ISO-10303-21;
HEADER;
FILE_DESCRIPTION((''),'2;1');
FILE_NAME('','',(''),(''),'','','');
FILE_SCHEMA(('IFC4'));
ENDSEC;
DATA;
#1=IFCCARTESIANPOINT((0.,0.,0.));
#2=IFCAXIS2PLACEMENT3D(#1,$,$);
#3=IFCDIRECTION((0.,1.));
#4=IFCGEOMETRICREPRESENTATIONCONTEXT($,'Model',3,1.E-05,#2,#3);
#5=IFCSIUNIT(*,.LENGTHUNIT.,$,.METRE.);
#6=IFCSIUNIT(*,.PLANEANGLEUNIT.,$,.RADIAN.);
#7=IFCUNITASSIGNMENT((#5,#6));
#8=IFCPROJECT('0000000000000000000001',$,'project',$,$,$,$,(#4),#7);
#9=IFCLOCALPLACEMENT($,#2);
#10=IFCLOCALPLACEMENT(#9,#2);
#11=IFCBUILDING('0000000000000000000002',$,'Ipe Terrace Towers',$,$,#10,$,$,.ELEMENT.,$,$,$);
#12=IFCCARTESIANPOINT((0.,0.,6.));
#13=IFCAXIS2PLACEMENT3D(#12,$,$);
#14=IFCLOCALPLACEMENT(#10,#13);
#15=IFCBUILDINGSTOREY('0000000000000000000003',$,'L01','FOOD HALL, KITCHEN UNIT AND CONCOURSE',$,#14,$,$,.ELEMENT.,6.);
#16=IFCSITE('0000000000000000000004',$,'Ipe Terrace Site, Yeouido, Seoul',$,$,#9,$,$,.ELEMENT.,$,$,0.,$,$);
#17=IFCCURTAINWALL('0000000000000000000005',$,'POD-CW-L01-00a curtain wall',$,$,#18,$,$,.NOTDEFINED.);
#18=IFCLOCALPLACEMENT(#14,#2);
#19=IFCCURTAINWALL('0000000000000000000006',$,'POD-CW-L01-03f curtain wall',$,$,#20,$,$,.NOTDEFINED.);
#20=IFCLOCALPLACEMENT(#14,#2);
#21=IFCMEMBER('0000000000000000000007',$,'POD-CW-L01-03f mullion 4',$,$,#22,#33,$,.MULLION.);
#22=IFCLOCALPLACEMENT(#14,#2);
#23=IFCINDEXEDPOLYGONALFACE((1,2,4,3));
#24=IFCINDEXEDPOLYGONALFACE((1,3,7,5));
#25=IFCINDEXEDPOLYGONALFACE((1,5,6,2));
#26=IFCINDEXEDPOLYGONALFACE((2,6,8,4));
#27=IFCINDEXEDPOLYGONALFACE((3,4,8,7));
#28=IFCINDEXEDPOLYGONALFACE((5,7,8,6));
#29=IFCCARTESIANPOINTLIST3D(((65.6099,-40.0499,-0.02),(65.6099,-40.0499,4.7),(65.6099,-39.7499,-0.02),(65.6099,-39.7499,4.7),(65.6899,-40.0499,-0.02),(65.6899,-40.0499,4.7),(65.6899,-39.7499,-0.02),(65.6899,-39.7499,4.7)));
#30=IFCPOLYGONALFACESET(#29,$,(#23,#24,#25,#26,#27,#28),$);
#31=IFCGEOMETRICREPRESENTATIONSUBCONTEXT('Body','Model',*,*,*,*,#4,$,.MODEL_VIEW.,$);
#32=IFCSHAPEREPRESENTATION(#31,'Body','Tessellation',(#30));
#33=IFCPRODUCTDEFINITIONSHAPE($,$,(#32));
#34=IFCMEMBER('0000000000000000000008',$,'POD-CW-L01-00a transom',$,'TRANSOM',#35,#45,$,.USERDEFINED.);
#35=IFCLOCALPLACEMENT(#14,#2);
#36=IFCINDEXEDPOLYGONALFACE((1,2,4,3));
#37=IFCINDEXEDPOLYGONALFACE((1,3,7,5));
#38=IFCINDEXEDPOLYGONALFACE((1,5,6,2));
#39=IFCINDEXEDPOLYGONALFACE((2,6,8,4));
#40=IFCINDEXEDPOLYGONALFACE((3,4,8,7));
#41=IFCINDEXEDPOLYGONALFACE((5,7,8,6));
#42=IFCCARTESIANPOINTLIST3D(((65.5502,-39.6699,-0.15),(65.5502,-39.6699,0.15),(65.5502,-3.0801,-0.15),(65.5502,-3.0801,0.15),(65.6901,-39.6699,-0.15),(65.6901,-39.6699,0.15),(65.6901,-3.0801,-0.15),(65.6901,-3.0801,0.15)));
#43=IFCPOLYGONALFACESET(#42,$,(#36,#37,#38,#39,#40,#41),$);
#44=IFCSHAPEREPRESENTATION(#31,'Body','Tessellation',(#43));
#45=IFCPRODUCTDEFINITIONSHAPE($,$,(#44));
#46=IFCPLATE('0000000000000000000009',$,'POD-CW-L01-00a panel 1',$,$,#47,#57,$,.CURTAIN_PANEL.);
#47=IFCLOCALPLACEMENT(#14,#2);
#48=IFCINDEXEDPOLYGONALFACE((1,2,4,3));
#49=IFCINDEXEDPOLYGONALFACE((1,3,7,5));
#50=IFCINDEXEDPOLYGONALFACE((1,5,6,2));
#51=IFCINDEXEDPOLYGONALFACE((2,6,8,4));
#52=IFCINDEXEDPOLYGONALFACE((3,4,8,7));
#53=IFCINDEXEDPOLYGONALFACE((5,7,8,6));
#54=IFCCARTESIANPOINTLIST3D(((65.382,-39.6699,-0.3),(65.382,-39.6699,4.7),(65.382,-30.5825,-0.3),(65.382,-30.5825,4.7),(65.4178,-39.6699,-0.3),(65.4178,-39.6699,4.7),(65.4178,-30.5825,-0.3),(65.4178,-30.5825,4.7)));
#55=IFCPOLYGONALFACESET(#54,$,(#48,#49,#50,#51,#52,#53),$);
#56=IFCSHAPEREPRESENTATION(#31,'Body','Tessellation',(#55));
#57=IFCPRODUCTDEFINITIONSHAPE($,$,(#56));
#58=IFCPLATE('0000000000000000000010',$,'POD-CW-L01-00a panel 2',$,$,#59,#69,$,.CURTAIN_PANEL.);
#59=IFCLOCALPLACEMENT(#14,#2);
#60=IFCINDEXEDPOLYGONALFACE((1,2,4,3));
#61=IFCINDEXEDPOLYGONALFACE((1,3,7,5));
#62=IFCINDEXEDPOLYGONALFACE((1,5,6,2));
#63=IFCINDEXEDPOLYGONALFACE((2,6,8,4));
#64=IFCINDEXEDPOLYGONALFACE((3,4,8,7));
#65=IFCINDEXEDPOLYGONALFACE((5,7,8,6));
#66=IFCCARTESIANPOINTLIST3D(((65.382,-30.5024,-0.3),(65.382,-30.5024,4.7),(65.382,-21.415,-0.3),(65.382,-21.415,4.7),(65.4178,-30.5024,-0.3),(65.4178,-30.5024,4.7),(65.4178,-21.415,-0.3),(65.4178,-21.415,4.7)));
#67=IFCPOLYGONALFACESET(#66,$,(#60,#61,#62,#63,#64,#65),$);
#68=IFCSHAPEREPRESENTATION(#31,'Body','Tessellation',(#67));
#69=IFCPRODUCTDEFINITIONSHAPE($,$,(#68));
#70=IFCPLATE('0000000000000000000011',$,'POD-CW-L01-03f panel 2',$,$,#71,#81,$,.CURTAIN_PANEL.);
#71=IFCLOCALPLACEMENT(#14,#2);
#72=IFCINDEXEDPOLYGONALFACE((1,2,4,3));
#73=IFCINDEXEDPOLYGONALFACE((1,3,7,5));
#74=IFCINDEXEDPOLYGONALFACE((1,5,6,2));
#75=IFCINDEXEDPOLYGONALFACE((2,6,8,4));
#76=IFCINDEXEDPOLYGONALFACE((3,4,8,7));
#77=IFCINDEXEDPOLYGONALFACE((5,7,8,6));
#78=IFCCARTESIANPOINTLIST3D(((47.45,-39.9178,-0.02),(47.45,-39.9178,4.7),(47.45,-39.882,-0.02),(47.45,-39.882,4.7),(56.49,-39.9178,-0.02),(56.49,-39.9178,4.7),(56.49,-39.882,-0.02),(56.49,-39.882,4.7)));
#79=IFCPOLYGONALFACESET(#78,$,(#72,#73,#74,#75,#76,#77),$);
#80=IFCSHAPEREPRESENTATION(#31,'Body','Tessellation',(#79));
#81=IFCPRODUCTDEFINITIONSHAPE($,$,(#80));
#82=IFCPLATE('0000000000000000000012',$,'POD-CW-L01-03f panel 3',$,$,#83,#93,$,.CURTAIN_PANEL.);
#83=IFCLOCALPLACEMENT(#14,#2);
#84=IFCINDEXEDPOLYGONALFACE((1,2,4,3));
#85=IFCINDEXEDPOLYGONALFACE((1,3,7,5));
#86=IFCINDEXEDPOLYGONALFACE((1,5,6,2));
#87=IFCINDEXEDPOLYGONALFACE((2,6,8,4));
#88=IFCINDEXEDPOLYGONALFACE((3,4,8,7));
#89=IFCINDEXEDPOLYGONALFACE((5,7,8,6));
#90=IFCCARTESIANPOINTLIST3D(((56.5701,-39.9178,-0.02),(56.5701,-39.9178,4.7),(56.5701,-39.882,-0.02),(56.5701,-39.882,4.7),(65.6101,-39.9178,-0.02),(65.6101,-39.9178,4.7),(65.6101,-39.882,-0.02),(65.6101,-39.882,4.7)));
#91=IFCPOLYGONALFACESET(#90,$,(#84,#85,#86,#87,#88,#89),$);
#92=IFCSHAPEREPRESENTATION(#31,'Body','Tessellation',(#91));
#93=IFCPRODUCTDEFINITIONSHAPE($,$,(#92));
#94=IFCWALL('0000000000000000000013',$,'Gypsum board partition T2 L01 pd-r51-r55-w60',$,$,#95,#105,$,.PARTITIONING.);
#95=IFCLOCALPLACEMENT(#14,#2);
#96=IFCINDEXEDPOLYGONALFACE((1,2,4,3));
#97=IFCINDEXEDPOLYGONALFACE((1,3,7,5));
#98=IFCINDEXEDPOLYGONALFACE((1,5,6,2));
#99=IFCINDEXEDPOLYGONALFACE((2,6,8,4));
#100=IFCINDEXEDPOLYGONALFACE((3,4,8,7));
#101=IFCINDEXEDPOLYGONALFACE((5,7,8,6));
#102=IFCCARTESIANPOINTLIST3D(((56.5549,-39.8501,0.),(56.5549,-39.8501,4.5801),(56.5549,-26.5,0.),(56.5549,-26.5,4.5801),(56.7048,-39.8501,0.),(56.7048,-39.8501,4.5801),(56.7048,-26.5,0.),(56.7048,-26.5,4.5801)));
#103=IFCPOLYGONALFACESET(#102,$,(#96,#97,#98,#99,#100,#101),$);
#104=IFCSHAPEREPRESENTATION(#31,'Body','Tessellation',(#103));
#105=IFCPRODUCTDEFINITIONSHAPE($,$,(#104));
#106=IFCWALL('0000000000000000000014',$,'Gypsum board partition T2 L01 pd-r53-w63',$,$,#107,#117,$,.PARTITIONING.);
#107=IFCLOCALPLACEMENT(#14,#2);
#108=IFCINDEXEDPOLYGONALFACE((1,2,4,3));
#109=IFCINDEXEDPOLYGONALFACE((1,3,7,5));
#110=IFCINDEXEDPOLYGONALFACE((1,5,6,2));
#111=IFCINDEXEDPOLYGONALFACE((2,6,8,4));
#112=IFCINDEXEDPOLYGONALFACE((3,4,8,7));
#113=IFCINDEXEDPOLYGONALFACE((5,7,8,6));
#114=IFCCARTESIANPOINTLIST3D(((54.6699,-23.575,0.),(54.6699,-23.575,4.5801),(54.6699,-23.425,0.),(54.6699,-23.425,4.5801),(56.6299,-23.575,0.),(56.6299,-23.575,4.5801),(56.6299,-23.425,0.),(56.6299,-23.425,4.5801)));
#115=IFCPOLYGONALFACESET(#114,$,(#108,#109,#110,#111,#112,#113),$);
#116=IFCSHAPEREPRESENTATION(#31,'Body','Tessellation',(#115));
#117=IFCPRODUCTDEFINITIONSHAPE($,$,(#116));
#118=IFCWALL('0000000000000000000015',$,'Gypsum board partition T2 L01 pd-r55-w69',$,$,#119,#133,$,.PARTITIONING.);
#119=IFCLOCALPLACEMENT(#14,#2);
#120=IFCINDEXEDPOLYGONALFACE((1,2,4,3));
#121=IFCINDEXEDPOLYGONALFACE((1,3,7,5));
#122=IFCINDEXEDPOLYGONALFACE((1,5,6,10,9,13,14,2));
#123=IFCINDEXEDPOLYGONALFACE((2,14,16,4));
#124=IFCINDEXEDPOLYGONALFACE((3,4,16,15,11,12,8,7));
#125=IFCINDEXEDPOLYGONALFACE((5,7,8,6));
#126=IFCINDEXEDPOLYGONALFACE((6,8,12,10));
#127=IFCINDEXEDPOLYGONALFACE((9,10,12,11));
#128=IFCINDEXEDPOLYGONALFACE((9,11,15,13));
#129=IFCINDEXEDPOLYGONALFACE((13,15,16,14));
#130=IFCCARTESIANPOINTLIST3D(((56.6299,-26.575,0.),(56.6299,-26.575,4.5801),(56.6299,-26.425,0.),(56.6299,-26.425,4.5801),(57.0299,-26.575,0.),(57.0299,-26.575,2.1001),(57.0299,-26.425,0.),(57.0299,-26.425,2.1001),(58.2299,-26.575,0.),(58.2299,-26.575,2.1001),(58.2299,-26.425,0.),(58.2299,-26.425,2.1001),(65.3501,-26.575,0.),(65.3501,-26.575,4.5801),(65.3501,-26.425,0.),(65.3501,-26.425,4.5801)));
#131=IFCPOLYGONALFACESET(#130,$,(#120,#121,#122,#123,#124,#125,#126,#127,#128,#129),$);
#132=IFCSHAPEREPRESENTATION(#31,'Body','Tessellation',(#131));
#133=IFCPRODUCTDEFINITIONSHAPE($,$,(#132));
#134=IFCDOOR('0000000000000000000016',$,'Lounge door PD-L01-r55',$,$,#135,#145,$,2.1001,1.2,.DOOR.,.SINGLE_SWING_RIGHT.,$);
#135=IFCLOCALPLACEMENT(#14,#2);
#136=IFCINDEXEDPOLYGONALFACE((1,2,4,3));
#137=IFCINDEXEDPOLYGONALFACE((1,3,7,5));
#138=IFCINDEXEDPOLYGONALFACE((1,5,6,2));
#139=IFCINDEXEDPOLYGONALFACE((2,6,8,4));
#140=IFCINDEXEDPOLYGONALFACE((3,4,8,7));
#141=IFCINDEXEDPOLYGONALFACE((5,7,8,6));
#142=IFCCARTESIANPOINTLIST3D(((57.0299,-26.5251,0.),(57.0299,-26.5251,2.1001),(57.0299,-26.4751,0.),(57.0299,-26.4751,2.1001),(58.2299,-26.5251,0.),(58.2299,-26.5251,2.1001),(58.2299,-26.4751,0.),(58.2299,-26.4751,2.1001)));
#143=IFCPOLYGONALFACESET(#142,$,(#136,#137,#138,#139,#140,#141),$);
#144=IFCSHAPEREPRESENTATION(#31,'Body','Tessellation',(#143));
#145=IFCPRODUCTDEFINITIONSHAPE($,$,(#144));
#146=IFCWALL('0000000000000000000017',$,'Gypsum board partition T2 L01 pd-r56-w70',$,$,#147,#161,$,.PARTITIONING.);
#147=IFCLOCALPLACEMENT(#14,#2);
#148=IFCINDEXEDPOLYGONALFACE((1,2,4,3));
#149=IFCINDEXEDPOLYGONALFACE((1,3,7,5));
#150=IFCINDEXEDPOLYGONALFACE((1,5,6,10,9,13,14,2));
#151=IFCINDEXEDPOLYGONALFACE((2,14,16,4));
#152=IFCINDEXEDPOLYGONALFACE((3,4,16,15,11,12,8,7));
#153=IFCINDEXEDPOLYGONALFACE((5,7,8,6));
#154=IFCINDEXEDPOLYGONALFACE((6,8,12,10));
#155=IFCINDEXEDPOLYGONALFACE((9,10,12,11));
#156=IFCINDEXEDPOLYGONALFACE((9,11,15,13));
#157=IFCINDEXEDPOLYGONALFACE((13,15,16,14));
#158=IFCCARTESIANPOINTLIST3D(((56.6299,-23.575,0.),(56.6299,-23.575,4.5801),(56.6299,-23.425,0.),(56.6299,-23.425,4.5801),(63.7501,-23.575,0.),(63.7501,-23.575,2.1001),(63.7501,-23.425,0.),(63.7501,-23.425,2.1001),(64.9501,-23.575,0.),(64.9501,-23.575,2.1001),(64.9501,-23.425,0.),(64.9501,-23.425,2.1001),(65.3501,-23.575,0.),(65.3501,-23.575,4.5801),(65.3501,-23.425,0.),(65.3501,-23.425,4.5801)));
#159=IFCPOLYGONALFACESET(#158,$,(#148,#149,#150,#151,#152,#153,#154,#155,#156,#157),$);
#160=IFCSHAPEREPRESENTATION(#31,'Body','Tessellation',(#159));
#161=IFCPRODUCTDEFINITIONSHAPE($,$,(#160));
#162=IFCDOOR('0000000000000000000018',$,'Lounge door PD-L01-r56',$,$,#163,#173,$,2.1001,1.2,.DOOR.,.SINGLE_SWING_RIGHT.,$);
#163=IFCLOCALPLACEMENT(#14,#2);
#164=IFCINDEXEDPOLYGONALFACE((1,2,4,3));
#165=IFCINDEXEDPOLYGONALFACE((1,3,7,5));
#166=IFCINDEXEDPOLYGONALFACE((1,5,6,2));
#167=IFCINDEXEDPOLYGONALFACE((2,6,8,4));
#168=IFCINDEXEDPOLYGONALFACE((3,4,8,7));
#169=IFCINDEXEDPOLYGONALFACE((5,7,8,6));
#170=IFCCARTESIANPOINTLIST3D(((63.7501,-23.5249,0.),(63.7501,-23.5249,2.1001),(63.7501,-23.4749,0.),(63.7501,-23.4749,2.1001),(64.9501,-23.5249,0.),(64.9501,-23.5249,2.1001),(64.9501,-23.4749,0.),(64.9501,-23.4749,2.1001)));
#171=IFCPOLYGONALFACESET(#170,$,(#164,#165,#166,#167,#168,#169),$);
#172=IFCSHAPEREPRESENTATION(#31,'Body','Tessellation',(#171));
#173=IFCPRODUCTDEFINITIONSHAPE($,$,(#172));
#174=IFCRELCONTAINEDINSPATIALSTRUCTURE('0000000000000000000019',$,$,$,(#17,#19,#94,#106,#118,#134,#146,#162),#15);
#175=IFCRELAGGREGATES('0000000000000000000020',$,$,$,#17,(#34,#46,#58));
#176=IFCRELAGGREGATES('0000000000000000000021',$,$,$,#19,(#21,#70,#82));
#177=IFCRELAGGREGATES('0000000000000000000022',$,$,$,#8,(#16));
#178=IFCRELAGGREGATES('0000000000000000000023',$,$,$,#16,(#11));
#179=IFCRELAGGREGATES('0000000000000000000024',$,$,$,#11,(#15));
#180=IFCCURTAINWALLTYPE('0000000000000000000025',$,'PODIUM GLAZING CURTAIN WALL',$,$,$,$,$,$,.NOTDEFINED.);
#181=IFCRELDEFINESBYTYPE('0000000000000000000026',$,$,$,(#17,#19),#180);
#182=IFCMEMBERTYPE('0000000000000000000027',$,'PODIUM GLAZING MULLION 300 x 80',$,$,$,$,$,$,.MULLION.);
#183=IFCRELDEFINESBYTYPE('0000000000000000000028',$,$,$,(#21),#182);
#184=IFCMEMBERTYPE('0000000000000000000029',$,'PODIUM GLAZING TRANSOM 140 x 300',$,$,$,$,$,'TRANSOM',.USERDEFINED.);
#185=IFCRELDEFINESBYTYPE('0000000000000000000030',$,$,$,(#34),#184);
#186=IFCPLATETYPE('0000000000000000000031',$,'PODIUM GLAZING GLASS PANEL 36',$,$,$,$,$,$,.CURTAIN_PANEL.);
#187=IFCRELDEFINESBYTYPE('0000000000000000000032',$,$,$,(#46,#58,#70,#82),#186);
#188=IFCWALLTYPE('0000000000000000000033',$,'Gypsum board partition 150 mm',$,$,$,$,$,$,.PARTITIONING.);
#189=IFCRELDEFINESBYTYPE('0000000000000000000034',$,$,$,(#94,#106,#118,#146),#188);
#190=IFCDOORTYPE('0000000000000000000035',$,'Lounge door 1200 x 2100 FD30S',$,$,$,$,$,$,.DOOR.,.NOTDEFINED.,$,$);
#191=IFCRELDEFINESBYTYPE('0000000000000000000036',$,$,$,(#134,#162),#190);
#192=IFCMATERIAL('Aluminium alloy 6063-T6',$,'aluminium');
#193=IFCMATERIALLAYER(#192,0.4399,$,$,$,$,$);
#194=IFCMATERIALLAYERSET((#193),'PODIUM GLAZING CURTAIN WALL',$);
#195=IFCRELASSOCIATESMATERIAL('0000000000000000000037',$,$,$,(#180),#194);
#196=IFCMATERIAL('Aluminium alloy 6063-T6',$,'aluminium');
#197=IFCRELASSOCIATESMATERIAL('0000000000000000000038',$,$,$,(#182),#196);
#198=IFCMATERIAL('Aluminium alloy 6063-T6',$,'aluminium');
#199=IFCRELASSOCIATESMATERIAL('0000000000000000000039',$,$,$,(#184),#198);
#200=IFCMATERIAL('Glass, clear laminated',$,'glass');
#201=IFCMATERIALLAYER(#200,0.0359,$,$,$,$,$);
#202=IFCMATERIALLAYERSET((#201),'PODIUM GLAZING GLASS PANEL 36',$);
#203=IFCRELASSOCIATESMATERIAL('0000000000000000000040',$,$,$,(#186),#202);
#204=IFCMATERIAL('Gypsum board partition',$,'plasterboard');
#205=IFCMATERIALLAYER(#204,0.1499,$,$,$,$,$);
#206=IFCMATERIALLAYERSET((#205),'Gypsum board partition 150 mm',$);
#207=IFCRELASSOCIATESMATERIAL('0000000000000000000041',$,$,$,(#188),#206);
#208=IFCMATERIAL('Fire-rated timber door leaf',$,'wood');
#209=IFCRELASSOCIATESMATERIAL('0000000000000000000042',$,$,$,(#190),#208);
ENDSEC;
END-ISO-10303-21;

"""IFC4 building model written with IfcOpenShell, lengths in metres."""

from ifc_helpers import new_model, si_unit, direction, frame, frame_2d, origin, origin_2d, place, context, subcontext, project, spatial, rectangle, extrude, material, layer, layer_set, material_profile, profile_set, type_object, element, fill, aggregate, save


model = new_model("IFC4")

# Units and contexts
model_context = context("Model", 3, precision=1e-05, world=origin(), true_north=direction((0.0, 1.0)))
body_context = subcontext(model_context, "Body", "Model", "MODEL_VIEW")
ifc_project = project(units=[si_unit("LENGTHUNIT", "METRE"), si_unit("PLANEANGLEUNIT", "RADIAN")], contexts=[model_context])

# Site, building, storey
site_placement = place(None, origin())
site = spatial("IfcSite", under=ifc_project, at=site_placement, Name="Ipe Terrace Site, Yeouido, Seoul", CompositionType="ELEMENT", RefElevation=0.0)
building_placement = place(site_placement, origin())
building = spatial("IfcBuilding", under=site, at=building_placement, Name="Ipe Terrace Towers", CompositionType="ELEMENT")
storey_placement = place(building_placement, frame((0.0, 0.0, 6.0)))
storey = spatial("IfcBuildingStorey", under=building, at=storey_placement, Name="L01", Description="FOOD HALL, KITCHEN UNIT AND CONCOURSE", CompositionType="ELEMENT", Elevation=6.0)

# Curtain walls, member
ifc_material_1 = material(Name="Aluminium alloy 6063-T6", Category="aluminium")
ifc_layer_1 = layer(ifc_material_1, 0.4399)
ifc_layer_set_1 = layer_set([ifc_layer_1], Name="PODIUM GLAZING CURTAIN WALL")
curtain_wall_type = type_object("IfcCurtainWallType", Name="PODIUM GLAZING CURTAIN WALL", PredefinedType="NOTDEFINED", material=ifc_layer_set_1)
curtain_wall_1_placement = place(storey_placement, origin())
curtain_wall_1 = element("IfcCurtainWall", 1, at=curtain_wall_1_placement, inside=storey, type_object=curtain_wall_type, Name="POD-CW-L01-00a curtain wall", PredefinedType="NOTDEFINED")
ifc_material_2 = material(Name="Aluminium alloy 6063-T6", Category="aluminium")
ifc_material_profile_1 = material_profile(ifc_material_2, rectangle(XDim=0.3, YDim=0.0801, at=origin_2d()), Name="PODIUM GLAZING MULLION 300 x 80")
ifc_profile_set_1 = profile_set([ifc_material_profile_1], Name="Aluminium alloy 6063-T6")
member_type_1 = type_object("IfcMemberType", Name="PODIUM GLAZING MULLION 300 x 80", PredefinedType="MULLION", material=ifc_profile_set_1)
curtain_wall_2_placement = place(storey_placement, origin())
curtain_wall_2 = element("IfcCurtainWall", 2, at=curtain_wall_2_placement, inside=storey, type_object=curtain_wall_type, Name="POD-CW-L01-03f curtain wall", PredefinedType="NOTDEFINED")
member_1_placement = place(storey_placement, frame((65.6499, -39.8999, -0.02), z_axis=(0.0, 0.0, 1.0), x_axis=(0.0, -1.0, 0.0)))
member_1 = element("IfcMember", 3, at=member_1_placement, type_object=member_type_1, Name="POD-CW-L01-03f mullion 4", PredefinedType="MULLION", context=body_context, shape_type="SweptSolid", body=[
    extrude(rectangle(XDim=0.3, YDim=0.0801, at=origin_2d()), origin(), (0.0, 0.0, 1.0), 4.72),
])

# Member
ifc_material_3 = material(Name="Aluminium alloy 6063-T6", Category="aluminium")
ifc_material_profile_2 = material_profile(ifc_material_3, rectangle(XDim=0.1399, YDim=0.3, at=origin_2d()), Name="PODIUM GLAZING TRANSOM 140 x 300")
ifc_profile_set_2 = profile_set([ifc_material_profile_2], Name="Aluminium alloy 6063-T6")
member_type_2 = type_object("IfcMemberType", Name="PODIUM GLAZING TRANSOM 140 x 300", ElementType="TRANSOM", PredefinedType="USERDEFINED", material=ifc_profile_set_2)
member_2_placement = place(storey_placement, frame((65.6201, -39.6699, 0.0), z_axis=(0.0, 1.0, 0.0), x_axis=(1.0, 0.0, 0.0)))
member_2 = element("IfcMember", 4, at=member_2_placement, type_object=member_type_2, Name="POD-CW-L01-00a transom", ObjectType="TRANSOM", PredefinedType="USERDEFINED", context=body_context, shape_type="SweptSolid", body=[
    extrude(rectangle(XDim=0.1399, YDim=0.3, at=origin_2d()), origin(), (0.0, 0.0, 1.0), 36.5898),
])

# Plates
ifc_material_4 = material(Name="Glass, clear laminated", Category="glass")
ifc_layer_2 = layer(ifc_material_4, 0.0359)
ifc_layer_set_2 = layer_set([ifc_layer_2], Name="PODIUM GLAZING GLASS PANEL 36")
plate_type = type_object("IfcPlateType", Name="PODIUM GLAZING GLASS PANEL 36", PredefinedType="CURTAIN_PANEL", material=ifc_layer_set_2)
plate_1_placement = place(storey_placement, frame((65.3999, -35.1262, -0.3), z_axis=(0.0, 0.0, 1.0), x_axis=(0.0, 1.0, 0.0)))
plate_1 = element("IfcPlate", 5, at=plate_1_placement, type_object=plate_type, Name="POD-CW-L01-00a panel 1", PredefinedType="CURTAIN_PANEL", context=body_context, shape_type="SweptSolid", body=[
    extrude(rectangle(XDim=9.0874, YDim=0.0359, at=origin_2d()), origin(), (0.0, 0.0, 1.0), 5.0),
])
plate_2_placement = place(storey_placement, frame((65.3999, -25.9587, -0.3), z_axis=(0.0, 0.0, 1.0), x_axis=(0.0, 1.0, 0.0)))
plate_2 = element("IfcPlate", 6, at=plate_2_placement, type_object=plate_type, Name="POD-CW-L01-00a panel 2", PredefinedType="CURTAIN_PANEL", context=body_context, shape_type="SweptSolid", body=[
    extrude(rectangle(XDim=9.0874, YDim=0.0359, at=origin_2d()), origin(), (0.0, 0.0, 1.0), 5.0),
])
aggregate(curtain_wall_1, [member_2, plate_1, plate_2])
plate_3_placement = place(storey_placement, frame((51.97, -39.8999, -0.02), z_axis=(0.0, 0.0, 1.0), x_axis=(1.0, 0.0, 0.0)))
plate_3 = element("IfcPlate", 7, at=plate_3_placement, type_object=plate_type, Name="POD-CW-L01-03f panel 2", PredefinedType="CURTAIN_PANEL", context=body_context, shape_type="SweptSolid", body=[
    extrude(rectangle(XDim=9.04, YDim=0.0359, at=origin_2d()), origin(), (0.0, 0.0, 1.0), 4.72),
])
plate_4_placement = place(storey_placement, frame((61.0901, -39.8999, -0.02), z_axis=(0.0, 0.0, 1.0), x_axis=(1.0, 0.0, 0.0)))
plate_4 = element("IfcPlate", 8, at=plate_4_placement, type_object=plate_type, Name="POD-CW-L01-03f panel 3", PredefinedType="CURTAIN_PANEL", context=body_context, shape_type="SweptSolid", body=[
    extrude(rectangle(XDim=9.04, YDim=0.0359, at=origin_2d()), origin(), (0.0, 0.0, 1.0), 4.72),
])
aggregate(curtain_wall_2, [member_1, plate_3, plate_4])

# Walls
ifc_material_5 = material(Name="Gypsum board partition", Category="plasterboard")
ifc_layer_3 = layer(ifc_material_5, 0.1499)
ifc_layer_set_3 = layer_set([ifc_layer_3], Name="Gypsum board partition 150 mm")
wall_type_1 = type_object("IfcWallType", Name="Gypsum board partition 150 mm", PredefinedType="PARTITIONING", material=ifc_layer_set_3)
wall_1_placement = place(storey_placement, frame((56.6299, -26.5, 0.0), z_axis=(0.0, 0.0, 1.0), x_axis=(0.0, -1.0, 0.0)))
element("IfcWall", 9, at=wall_1_placement, inside=storey, type_object=wall_type_1, Name="Gypsum board partition T2 L01 pd-r51-r55-w60", PredefinedType="PARTITIONING", context=body_context, shape_type="SweptSolid", body=[
    extrude(rectangle(XDim=13.3501, YDim=0.1499, at=frame_2d((6.675, 0.0))), origin(), (0.0, 0.0, 1.0), 4.5801),
])
wall_2_placement = place(storey_placement, frame((56.6299, -23.5, 0.0), z_axis=(0.0, 0.0, 1.0), x_axis=(-1.0, 0.0, 0.0)))
element("IfcWall", 10, at=wall_2_placement, inside=storey, type_object=wall_type_1, Name="Gypsum board partition T2 L01 pd-r53-w63", PredefinedType="PARTITIONING", context=body_context, shape_type="SweptSolid", body=[
    extrude(rectangle(XDim=1.96, YDim=0.1499, at=frame_2d((0.98, 0.0))), origin(), (0.0, 0.0, 1.0), 4.5801),
])

# Walls, openings, doors
wall_3_placement = place(storey_placement, frame((56.6299, -26.5, 0.0), z_axis=(0.0, 0.0, 1.0), x_axis=(1.0, 0.0, 0.0)))
wall_3 = element("IfcWall", 11, at=wall_3_placement, inside=storey, type_object=wall_type_1, Name="Gypsum board partition T2 L01 pd-r55-w69", PredefinedType="PARTITIONING", context=body_context, shape_type="SweptSolid", body=[
    extrude(rectangle(XDim=8.7202, YDim=0.1499, at=frame_2d((4.3601, 0.0))), origin(), (0.0, 0.0, 1.0), 4.5801),
])
opening_1_placement = place(wall_3_placement, frame((0.3999, 0.0, 0.0)))
opening_1 = element("IfcOpeningElement", 12, at=opening_1_placement, cuts=wall_3, PredefinedType="OPENING", context=body_context, shape_type="SweptSolid", body=[
    extrude(rectangle(XDim=1.2, YDim=2.1001, at=frame_2d((0.6001, 1.05))), frame((0.0, 0.085, 0.0), z_axis=(0.0, -1.0, 0.0), x_axis=(1.0, 0.0, 0.0)), (0.0, 0.0, 1.0), 0.1699),
])
ifc_material_6 = material(Name="Fire-rated timber door leaf", Category="wood")
door_type = type_object("IfcDoorType", Name="Lounge door 1200 x 2100 FD30S", OperationType="NOTDEFINED", PredefinedType="DOOR", material=ifc_material_6)
door_1_placement = place(opening_1_placement, origin())
door_1 = element("IfcDoor", 13, at=door_1_placement, inside=storey, type_object=door_type, Name="Lounge door PD-L01-r55", OperationType="SINGLE_SWING_RIGHT", OverallHeight=2.1001, OverallWidth=1.2, PredefinedType="DOOR", context=body_context, shape_type="SweptSolid", body=[
    extrude(rectangle(XDim=1.2, YDim=2.1001, at=frame_2d((0.6001, 1.05))), frame((0.0, 0.0249, 0.0), z_axis=(0.0, -1.0, 0.0), x_axis=(1.0, 0.0, 0.0)), (0.0, 0.0, 1.0), 0.05),
])
fill(opening_1, door_1)
wall_4_placement = place(storey_placement, frame((65.3501, -23.5, 0.0), z_axis=(0.0, 0.0, 1.0), x_axis=(-1.0, 0.0, 0.0)))
wall_4 = element("IfcWall", 14, at=wall_4_placement, inside=storey, type_object=wall_type_1, Name="Gypsum board partition T2 L01 pd-r56-w70", PredefinedType="PARTITIONING", context=body_context, shape_type="SweptSolid", body=[
    extrude(rectangle(XDim=8.7202, YDim=0.1499, at=frame_2d((4.3601, 0.0))), origin(), (0.0, 0.0, 1.0), 4.5801),
])
opening_2_placement = place(wall_4_placement, frame((0.3999, 0.0, 0.0)))
opening_2 = element("IfcOpeningElement", 15, at=opening_2_placement, cuts=wall_4, PredefinedType="OPENING", context=body_context, shape_type="SweptSolid", body=[
    extrude(rectangle(XDim=1.2, YDim=2.1001, at=frame_2d((0.6001, 1.05))), frame((0.0, 0.085, 0.0), z_axis=(0.0, -1.0, 0.0), x_axis=(1.0, 0.0, 0.0)), (0.0, 0.0, 1.0), 0.1699),
])
door_2_placement = place(opening_2_placement, origin())
door_2 = element("IfcDoor", 16, at=door_2_placement, inside=storey, type_object=door_type, Name="Lounge door PD-L01-r56", OperationType="SINGLE_SWING_RIGHT", OverallHeight=2.1001, OverallWidth=1.2, PredefinedType="DOOR", context=body_context, shape_type="SweptSolid", body=[
    extrude(rectangle(XDim=1.2, YDim=2.1001, at=frame_2d((0.6001, 1.05))), frame((0.0, 0.0249, 0.0), z_axis=(0.0, -1.0, 0.0), x_axis=(1.0, 0.0, 0.0)), (0.0, 0.0, 1.0), 0.05),
])
fill(opening_2, door_2)

save(model, "model.ifc")
